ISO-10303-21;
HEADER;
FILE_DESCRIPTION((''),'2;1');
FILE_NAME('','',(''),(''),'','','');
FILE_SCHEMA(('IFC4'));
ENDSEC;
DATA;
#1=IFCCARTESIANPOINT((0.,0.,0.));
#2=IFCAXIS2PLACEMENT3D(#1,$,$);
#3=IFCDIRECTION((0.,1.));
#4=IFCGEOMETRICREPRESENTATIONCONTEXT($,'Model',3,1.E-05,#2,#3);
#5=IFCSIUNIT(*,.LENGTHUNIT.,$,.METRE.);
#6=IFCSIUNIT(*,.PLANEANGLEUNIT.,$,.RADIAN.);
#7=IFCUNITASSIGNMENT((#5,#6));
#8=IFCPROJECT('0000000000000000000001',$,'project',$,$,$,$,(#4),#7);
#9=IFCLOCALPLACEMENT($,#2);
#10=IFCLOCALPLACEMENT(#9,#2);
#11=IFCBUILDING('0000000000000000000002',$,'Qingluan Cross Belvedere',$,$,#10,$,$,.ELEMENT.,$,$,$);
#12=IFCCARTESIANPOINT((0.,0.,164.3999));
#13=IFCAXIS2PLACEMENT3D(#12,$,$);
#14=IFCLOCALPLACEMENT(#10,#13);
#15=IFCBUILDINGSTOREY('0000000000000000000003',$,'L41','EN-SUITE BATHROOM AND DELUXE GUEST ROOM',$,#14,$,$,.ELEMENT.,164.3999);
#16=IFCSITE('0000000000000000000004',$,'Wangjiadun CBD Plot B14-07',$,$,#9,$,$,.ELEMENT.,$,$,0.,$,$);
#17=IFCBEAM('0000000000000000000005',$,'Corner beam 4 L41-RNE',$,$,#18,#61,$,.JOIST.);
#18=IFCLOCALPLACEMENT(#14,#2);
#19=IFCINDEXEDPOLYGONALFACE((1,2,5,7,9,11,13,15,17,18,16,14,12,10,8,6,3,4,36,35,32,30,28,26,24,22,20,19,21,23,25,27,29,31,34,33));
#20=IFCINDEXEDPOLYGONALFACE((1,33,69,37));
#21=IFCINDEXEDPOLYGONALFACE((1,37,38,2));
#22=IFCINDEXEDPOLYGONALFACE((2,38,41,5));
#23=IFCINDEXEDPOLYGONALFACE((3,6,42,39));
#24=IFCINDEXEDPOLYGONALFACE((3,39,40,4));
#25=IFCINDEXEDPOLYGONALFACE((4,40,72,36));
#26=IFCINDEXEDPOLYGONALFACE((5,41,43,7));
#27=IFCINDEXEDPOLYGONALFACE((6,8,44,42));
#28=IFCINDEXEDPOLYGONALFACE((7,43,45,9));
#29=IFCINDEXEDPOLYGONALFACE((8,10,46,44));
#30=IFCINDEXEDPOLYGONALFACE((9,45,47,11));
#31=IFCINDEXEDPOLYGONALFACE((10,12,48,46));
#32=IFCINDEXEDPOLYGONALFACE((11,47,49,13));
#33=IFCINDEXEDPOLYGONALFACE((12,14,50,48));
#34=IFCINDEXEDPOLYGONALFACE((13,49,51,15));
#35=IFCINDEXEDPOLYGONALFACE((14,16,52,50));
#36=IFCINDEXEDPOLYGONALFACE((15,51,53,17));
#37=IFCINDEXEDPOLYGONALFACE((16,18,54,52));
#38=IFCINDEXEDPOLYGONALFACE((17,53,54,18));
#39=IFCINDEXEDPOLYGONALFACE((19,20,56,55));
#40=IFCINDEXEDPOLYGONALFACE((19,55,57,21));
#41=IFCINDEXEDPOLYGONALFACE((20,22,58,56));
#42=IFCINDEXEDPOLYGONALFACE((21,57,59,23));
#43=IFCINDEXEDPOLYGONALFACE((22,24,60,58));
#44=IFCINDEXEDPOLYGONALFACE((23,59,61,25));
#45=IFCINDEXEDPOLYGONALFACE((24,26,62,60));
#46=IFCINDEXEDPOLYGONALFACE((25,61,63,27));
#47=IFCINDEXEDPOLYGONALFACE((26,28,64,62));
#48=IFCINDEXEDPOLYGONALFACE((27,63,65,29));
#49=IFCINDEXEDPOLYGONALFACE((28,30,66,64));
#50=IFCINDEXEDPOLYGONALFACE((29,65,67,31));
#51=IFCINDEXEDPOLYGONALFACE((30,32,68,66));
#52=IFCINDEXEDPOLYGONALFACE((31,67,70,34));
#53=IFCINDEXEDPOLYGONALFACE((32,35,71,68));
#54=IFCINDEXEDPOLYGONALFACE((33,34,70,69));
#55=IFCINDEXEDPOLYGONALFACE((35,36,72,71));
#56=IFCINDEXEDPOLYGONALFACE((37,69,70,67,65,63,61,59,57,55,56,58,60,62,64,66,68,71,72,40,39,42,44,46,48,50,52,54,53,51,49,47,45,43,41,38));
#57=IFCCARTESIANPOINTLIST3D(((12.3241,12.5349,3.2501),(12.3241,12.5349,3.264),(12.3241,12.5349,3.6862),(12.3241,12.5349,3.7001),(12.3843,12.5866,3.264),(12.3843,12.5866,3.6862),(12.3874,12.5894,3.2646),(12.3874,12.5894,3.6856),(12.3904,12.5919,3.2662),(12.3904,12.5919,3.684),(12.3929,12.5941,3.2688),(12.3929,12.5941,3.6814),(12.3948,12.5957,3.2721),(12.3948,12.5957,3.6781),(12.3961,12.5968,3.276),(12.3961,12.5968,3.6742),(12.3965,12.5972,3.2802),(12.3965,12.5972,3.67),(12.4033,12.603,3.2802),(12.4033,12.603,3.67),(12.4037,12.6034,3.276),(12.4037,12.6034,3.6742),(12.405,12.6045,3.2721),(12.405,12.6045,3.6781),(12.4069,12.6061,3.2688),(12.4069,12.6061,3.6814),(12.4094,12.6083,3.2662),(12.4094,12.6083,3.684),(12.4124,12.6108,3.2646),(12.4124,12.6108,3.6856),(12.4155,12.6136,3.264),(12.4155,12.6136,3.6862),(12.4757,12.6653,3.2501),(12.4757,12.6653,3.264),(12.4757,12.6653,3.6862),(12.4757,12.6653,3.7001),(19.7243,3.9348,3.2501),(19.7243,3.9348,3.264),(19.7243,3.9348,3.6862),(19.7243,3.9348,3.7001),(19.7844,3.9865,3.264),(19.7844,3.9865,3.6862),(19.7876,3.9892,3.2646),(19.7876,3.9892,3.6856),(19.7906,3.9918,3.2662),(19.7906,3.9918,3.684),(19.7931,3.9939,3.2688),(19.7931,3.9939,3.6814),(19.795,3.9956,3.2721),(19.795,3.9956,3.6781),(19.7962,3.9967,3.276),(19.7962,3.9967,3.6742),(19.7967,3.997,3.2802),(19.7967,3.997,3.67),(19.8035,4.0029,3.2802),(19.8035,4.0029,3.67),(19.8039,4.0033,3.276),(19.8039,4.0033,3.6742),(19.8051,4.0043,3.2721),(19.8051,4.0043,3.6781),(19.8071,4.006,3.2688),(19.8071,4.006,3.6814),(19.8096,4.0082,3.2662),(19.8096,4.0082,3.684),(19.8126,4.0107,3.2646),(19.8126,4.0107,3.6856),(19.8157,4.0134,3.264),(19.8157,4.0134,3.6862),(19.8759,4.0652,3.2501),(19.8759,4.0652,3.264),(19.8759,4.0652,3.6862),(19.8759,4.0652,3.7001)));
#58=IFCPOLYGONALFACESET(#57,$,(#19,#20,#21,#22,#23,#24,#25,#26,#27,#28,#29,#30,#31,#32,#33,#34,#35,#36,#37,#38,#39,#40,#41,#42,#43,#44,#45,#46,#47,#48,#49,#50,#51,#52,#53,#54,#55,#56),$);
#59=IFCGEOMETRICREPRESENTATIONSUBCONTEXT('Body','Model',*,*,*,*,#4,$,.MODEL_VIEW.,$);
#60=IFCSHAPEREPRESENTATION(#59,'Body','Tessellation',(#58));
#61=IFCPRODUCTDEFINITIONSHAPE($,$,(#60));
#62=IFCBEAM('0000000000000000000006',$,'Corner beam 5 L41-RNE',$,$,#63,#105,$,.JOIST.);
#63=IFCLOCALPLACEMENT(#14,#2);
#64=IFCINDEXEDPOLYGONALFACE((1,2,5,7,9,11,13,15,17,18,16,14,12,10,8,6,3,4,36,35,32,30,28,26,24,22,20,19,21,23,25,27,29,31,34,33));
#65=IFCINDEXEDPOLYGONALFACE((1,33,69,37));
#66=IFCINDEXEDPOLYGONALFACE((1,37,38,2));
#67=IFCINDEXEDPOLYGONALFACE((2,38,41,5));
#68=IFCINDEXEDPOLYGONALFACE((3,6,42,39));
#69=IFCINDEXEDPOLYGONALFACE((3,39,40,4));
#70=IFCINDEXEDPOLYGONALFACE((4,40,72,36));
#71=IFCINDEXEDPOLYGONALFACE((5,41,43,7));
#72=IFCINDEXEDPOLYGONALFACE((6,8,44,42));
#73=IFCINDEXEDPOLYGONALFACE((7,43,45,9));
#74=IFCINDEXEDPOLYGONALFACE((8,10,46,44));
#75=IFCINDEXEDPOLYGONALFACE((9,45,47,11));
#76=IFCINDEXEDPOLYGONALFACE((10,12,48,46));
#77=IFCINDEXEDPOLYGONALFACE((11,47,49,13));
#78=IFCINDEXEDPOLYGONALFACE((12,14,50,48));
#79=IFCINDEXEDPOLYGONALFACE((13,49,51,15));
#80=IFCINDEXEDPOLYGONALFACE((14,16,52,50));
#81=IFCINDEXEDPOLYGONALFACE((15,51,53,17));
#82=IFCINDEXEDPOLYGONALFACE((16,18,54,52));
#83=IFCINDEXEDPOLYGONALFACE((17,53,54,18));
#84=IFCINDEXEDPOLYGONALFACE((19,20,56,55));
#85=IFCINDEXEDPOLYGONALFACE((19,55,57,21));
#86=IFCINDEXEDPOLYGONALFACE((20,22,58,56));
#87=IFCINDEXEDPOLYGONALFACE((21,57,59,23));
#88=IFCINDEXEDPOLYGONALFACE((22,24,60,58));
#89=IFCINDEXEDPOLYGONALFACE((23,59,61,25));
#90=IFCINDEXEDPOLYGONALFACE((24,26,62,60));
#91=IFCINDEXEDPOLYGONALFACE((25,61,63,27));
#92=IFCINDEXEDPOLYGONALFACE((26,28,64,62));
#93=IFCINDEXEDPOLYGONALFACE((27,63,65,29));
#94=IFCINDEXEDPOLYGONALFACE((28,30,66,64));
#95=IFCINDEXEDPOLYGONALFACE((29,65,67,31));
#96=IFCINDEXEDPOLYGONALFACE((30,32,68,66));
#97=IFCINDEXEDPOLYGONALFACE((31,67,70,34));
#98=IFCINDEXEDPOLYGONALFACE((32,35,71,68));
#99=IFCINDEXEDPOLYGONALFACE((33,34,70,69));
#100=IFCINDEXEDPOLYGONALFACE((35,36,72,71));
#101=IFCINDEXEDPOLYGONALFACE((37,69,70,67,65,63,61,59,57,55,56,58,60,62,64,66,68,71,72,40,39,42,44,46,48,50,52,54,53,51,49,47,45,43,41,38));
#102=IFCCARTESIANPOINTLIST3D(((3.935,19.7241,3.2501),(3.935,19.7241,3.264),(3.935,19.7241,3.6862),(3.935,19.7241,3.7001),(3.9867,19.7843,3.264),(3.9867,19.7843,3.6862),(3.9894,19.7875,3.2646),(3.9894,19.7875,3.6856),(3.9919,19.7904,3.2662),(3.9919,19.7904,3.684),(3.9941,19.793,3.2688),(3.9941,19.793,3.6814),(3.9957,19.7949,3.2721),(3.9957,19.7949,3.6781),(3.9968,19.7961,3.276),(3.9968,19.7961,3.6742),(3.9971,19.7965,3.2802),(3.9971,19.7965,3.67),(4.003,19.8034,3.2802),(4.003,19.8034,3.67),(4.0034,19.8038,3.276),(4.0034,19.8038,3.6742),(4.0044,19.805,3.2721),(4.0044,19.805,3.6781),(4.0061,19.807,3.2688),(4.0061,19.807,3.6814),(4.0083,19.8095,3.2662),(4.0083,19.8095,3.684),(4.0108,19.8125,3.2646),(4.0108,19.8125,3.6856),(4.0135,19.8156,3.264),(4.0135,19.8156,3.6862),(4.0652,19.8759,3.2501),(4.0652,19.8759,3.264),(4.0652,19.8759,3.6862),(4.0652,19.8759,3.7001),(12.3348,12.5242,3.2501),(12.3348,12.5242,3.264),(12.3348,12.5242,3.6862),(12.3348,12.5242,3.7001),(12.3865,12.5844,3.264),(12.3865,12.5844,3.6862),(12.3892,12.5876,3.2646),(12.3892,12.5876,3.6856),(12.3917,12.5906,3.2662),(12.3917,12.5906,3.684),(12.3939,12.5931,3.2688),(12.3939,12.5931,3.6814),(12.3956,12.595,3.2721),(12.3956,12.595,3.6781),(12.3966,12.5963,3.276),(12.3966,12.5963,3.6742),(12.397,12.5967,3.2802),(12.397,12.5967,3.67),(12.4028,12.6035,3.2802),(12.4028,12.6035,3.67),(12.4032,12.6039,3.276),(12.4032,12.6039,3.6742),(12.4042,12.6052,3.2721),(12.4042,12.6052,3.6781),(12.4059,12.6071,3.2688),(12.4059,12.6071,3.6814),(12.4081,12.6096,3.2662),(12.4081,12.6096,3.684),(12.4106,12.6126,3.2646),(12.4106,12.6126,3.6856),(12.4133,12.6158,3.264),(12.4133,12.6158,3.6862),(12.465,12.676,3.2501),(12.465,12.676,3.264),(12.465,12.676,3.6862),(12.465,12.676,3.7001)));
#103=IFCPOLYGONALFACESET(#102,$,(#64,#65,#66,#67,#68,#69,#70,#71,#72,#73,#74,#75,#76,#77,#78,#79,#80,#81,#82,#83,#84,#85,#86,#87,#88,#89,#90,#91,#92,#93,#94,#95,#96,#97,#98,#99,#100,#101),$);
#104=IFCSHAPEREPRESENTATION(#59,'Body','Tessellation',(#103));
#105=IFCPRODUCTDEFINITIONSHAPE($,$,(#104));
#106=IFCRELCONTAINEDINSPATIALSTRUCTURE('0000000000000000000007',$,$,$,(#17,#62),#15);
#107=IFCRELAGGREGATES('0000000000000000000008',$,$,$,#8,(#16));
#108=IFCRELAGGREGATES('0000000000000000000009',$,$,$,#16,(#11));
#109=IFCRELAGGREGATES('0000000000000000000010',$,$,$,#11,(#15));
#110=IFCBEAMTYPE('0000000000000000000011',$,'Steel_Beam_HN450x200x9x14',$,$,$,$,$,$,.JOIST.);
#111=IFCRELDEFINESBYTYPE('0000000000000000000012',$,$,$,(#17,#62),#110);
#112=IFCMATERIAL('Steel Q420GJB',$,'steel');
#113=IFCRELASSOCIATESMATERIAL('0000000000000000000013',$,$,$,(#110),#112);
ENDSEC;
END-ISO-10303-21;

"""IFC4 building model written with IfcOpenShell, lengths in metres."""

from ifc_helpers import new_model, si_unit, direction, frame, origin, origin_2d, place, context, subcontext, project, spatial, i_section, extrude, material, material_profile, profile_set, type_object, element, save


model = new_model("IFC4")

# Units and contexts
model_context = context("Model", 3, precision=1e-05, world=origin(), true_north=direction((0.0, 1.0)))
body_context = subcontext(model_context, "Body", "Model", "MODEL_VIEW")
ifc_project = project(units=[si_unit("LENGTHUNIT", "METRE"), si_unit("PLANEANGLEUNIT", "RADIAN")], contexts=[model_context])

# Site, building, storey
site_placement = place(None, origin())
site = spatial("IfcSite", under=ifc_project, at=site_placement, Name="Wangjiadun CBD Plot B14-07", CompositionType="ELEMENT", RefElevation=0.0)
building_placement = place(site_placement, origin())
building = spatial("IfcBuilding", under=site, at=building_placement, Name="Qingluan Cross Belvedere", CompositionType="ELEMENT")
storey_placement = place(building_placement, frame((0.0, 0.0, 164.3999)))
storey = spatial("IfcBuildingStorey", under=building, at=storey_placement, Name="L41", Description="EN-SUITE BATHROOM AND DELUXE GUEST ROOM", CompositionType="ELEMENT", Elevation=164.3999)

# Beams
ifc_material_1 = material(Name="Steel Q420GJB", Category="steel")
ifc_material_profile_1 = material_profile(ifc_material_1, i_section(OverallWidth=0.2, OverallDepth=0.45, WebThickness=0.009, FlangeThickness=0.0139, FilletRadius=0.0161, at=origin_2d()), Name="HN450x200x9x14")
ifc_profile_set_1 = profile_set([ifc_material_profile_1], Name="Steel Q420GJB")
beam_type = type_object("IfcBeamType", Name="Steel_Beam_HN450x200x9x14", PredefinedType="JOIST", material=ifc_profile_set_1)
beam_1_placement = place(storey_placement, frame((12.3999, 12.6001, 3.4751), z_axis=(0.652245, -0.758008, 0.0), x_axis=(0.758008, 0.652245, 0.0)))
element("IfcBeam", 1, at=beam_1_placement, inside=storey, type_object=beam_type, Name="Corner beam 4 L41-RNE", PredefinedType="JOIST", context=body_context, shape_type="SweptSolid", body=[
    extrude(i_section(OverallWidth=0.2, OverallDepth=0.45, WebThickness=0.009, FlangeThickness=0.0139, FilletRadius=0.0161, at=origin_2d()), origin(), (0.0, 0.0, 1.0), 11.3457),
])
beam_2_placement = place(storey_placement, frame((12.3999, 12.6001, 3.4751), z_axis=(-0.759255, 0.650793, 0.0), x_axis=(-0.650793, -0.759255, 0.0)))
element("IfcBeam", 2, at=beam_2_placement, inside=storey, type_object=beam_type, Name="Corner beam 5 L41-RNE", PredefinedType="JOIST", context=body_context, shape_type="SweptSolid", body=[
    extrude(i_section(OverallWidth=0.2, OverallDepth=0.45, WebThickness=0.009, FlangeThickness=0.0139, FilletRadius=0.0161, at=origin_2d()), origin(), (0.0, 0.0, 1.0), 11.0632),
])

save(model, "model.ifc")
